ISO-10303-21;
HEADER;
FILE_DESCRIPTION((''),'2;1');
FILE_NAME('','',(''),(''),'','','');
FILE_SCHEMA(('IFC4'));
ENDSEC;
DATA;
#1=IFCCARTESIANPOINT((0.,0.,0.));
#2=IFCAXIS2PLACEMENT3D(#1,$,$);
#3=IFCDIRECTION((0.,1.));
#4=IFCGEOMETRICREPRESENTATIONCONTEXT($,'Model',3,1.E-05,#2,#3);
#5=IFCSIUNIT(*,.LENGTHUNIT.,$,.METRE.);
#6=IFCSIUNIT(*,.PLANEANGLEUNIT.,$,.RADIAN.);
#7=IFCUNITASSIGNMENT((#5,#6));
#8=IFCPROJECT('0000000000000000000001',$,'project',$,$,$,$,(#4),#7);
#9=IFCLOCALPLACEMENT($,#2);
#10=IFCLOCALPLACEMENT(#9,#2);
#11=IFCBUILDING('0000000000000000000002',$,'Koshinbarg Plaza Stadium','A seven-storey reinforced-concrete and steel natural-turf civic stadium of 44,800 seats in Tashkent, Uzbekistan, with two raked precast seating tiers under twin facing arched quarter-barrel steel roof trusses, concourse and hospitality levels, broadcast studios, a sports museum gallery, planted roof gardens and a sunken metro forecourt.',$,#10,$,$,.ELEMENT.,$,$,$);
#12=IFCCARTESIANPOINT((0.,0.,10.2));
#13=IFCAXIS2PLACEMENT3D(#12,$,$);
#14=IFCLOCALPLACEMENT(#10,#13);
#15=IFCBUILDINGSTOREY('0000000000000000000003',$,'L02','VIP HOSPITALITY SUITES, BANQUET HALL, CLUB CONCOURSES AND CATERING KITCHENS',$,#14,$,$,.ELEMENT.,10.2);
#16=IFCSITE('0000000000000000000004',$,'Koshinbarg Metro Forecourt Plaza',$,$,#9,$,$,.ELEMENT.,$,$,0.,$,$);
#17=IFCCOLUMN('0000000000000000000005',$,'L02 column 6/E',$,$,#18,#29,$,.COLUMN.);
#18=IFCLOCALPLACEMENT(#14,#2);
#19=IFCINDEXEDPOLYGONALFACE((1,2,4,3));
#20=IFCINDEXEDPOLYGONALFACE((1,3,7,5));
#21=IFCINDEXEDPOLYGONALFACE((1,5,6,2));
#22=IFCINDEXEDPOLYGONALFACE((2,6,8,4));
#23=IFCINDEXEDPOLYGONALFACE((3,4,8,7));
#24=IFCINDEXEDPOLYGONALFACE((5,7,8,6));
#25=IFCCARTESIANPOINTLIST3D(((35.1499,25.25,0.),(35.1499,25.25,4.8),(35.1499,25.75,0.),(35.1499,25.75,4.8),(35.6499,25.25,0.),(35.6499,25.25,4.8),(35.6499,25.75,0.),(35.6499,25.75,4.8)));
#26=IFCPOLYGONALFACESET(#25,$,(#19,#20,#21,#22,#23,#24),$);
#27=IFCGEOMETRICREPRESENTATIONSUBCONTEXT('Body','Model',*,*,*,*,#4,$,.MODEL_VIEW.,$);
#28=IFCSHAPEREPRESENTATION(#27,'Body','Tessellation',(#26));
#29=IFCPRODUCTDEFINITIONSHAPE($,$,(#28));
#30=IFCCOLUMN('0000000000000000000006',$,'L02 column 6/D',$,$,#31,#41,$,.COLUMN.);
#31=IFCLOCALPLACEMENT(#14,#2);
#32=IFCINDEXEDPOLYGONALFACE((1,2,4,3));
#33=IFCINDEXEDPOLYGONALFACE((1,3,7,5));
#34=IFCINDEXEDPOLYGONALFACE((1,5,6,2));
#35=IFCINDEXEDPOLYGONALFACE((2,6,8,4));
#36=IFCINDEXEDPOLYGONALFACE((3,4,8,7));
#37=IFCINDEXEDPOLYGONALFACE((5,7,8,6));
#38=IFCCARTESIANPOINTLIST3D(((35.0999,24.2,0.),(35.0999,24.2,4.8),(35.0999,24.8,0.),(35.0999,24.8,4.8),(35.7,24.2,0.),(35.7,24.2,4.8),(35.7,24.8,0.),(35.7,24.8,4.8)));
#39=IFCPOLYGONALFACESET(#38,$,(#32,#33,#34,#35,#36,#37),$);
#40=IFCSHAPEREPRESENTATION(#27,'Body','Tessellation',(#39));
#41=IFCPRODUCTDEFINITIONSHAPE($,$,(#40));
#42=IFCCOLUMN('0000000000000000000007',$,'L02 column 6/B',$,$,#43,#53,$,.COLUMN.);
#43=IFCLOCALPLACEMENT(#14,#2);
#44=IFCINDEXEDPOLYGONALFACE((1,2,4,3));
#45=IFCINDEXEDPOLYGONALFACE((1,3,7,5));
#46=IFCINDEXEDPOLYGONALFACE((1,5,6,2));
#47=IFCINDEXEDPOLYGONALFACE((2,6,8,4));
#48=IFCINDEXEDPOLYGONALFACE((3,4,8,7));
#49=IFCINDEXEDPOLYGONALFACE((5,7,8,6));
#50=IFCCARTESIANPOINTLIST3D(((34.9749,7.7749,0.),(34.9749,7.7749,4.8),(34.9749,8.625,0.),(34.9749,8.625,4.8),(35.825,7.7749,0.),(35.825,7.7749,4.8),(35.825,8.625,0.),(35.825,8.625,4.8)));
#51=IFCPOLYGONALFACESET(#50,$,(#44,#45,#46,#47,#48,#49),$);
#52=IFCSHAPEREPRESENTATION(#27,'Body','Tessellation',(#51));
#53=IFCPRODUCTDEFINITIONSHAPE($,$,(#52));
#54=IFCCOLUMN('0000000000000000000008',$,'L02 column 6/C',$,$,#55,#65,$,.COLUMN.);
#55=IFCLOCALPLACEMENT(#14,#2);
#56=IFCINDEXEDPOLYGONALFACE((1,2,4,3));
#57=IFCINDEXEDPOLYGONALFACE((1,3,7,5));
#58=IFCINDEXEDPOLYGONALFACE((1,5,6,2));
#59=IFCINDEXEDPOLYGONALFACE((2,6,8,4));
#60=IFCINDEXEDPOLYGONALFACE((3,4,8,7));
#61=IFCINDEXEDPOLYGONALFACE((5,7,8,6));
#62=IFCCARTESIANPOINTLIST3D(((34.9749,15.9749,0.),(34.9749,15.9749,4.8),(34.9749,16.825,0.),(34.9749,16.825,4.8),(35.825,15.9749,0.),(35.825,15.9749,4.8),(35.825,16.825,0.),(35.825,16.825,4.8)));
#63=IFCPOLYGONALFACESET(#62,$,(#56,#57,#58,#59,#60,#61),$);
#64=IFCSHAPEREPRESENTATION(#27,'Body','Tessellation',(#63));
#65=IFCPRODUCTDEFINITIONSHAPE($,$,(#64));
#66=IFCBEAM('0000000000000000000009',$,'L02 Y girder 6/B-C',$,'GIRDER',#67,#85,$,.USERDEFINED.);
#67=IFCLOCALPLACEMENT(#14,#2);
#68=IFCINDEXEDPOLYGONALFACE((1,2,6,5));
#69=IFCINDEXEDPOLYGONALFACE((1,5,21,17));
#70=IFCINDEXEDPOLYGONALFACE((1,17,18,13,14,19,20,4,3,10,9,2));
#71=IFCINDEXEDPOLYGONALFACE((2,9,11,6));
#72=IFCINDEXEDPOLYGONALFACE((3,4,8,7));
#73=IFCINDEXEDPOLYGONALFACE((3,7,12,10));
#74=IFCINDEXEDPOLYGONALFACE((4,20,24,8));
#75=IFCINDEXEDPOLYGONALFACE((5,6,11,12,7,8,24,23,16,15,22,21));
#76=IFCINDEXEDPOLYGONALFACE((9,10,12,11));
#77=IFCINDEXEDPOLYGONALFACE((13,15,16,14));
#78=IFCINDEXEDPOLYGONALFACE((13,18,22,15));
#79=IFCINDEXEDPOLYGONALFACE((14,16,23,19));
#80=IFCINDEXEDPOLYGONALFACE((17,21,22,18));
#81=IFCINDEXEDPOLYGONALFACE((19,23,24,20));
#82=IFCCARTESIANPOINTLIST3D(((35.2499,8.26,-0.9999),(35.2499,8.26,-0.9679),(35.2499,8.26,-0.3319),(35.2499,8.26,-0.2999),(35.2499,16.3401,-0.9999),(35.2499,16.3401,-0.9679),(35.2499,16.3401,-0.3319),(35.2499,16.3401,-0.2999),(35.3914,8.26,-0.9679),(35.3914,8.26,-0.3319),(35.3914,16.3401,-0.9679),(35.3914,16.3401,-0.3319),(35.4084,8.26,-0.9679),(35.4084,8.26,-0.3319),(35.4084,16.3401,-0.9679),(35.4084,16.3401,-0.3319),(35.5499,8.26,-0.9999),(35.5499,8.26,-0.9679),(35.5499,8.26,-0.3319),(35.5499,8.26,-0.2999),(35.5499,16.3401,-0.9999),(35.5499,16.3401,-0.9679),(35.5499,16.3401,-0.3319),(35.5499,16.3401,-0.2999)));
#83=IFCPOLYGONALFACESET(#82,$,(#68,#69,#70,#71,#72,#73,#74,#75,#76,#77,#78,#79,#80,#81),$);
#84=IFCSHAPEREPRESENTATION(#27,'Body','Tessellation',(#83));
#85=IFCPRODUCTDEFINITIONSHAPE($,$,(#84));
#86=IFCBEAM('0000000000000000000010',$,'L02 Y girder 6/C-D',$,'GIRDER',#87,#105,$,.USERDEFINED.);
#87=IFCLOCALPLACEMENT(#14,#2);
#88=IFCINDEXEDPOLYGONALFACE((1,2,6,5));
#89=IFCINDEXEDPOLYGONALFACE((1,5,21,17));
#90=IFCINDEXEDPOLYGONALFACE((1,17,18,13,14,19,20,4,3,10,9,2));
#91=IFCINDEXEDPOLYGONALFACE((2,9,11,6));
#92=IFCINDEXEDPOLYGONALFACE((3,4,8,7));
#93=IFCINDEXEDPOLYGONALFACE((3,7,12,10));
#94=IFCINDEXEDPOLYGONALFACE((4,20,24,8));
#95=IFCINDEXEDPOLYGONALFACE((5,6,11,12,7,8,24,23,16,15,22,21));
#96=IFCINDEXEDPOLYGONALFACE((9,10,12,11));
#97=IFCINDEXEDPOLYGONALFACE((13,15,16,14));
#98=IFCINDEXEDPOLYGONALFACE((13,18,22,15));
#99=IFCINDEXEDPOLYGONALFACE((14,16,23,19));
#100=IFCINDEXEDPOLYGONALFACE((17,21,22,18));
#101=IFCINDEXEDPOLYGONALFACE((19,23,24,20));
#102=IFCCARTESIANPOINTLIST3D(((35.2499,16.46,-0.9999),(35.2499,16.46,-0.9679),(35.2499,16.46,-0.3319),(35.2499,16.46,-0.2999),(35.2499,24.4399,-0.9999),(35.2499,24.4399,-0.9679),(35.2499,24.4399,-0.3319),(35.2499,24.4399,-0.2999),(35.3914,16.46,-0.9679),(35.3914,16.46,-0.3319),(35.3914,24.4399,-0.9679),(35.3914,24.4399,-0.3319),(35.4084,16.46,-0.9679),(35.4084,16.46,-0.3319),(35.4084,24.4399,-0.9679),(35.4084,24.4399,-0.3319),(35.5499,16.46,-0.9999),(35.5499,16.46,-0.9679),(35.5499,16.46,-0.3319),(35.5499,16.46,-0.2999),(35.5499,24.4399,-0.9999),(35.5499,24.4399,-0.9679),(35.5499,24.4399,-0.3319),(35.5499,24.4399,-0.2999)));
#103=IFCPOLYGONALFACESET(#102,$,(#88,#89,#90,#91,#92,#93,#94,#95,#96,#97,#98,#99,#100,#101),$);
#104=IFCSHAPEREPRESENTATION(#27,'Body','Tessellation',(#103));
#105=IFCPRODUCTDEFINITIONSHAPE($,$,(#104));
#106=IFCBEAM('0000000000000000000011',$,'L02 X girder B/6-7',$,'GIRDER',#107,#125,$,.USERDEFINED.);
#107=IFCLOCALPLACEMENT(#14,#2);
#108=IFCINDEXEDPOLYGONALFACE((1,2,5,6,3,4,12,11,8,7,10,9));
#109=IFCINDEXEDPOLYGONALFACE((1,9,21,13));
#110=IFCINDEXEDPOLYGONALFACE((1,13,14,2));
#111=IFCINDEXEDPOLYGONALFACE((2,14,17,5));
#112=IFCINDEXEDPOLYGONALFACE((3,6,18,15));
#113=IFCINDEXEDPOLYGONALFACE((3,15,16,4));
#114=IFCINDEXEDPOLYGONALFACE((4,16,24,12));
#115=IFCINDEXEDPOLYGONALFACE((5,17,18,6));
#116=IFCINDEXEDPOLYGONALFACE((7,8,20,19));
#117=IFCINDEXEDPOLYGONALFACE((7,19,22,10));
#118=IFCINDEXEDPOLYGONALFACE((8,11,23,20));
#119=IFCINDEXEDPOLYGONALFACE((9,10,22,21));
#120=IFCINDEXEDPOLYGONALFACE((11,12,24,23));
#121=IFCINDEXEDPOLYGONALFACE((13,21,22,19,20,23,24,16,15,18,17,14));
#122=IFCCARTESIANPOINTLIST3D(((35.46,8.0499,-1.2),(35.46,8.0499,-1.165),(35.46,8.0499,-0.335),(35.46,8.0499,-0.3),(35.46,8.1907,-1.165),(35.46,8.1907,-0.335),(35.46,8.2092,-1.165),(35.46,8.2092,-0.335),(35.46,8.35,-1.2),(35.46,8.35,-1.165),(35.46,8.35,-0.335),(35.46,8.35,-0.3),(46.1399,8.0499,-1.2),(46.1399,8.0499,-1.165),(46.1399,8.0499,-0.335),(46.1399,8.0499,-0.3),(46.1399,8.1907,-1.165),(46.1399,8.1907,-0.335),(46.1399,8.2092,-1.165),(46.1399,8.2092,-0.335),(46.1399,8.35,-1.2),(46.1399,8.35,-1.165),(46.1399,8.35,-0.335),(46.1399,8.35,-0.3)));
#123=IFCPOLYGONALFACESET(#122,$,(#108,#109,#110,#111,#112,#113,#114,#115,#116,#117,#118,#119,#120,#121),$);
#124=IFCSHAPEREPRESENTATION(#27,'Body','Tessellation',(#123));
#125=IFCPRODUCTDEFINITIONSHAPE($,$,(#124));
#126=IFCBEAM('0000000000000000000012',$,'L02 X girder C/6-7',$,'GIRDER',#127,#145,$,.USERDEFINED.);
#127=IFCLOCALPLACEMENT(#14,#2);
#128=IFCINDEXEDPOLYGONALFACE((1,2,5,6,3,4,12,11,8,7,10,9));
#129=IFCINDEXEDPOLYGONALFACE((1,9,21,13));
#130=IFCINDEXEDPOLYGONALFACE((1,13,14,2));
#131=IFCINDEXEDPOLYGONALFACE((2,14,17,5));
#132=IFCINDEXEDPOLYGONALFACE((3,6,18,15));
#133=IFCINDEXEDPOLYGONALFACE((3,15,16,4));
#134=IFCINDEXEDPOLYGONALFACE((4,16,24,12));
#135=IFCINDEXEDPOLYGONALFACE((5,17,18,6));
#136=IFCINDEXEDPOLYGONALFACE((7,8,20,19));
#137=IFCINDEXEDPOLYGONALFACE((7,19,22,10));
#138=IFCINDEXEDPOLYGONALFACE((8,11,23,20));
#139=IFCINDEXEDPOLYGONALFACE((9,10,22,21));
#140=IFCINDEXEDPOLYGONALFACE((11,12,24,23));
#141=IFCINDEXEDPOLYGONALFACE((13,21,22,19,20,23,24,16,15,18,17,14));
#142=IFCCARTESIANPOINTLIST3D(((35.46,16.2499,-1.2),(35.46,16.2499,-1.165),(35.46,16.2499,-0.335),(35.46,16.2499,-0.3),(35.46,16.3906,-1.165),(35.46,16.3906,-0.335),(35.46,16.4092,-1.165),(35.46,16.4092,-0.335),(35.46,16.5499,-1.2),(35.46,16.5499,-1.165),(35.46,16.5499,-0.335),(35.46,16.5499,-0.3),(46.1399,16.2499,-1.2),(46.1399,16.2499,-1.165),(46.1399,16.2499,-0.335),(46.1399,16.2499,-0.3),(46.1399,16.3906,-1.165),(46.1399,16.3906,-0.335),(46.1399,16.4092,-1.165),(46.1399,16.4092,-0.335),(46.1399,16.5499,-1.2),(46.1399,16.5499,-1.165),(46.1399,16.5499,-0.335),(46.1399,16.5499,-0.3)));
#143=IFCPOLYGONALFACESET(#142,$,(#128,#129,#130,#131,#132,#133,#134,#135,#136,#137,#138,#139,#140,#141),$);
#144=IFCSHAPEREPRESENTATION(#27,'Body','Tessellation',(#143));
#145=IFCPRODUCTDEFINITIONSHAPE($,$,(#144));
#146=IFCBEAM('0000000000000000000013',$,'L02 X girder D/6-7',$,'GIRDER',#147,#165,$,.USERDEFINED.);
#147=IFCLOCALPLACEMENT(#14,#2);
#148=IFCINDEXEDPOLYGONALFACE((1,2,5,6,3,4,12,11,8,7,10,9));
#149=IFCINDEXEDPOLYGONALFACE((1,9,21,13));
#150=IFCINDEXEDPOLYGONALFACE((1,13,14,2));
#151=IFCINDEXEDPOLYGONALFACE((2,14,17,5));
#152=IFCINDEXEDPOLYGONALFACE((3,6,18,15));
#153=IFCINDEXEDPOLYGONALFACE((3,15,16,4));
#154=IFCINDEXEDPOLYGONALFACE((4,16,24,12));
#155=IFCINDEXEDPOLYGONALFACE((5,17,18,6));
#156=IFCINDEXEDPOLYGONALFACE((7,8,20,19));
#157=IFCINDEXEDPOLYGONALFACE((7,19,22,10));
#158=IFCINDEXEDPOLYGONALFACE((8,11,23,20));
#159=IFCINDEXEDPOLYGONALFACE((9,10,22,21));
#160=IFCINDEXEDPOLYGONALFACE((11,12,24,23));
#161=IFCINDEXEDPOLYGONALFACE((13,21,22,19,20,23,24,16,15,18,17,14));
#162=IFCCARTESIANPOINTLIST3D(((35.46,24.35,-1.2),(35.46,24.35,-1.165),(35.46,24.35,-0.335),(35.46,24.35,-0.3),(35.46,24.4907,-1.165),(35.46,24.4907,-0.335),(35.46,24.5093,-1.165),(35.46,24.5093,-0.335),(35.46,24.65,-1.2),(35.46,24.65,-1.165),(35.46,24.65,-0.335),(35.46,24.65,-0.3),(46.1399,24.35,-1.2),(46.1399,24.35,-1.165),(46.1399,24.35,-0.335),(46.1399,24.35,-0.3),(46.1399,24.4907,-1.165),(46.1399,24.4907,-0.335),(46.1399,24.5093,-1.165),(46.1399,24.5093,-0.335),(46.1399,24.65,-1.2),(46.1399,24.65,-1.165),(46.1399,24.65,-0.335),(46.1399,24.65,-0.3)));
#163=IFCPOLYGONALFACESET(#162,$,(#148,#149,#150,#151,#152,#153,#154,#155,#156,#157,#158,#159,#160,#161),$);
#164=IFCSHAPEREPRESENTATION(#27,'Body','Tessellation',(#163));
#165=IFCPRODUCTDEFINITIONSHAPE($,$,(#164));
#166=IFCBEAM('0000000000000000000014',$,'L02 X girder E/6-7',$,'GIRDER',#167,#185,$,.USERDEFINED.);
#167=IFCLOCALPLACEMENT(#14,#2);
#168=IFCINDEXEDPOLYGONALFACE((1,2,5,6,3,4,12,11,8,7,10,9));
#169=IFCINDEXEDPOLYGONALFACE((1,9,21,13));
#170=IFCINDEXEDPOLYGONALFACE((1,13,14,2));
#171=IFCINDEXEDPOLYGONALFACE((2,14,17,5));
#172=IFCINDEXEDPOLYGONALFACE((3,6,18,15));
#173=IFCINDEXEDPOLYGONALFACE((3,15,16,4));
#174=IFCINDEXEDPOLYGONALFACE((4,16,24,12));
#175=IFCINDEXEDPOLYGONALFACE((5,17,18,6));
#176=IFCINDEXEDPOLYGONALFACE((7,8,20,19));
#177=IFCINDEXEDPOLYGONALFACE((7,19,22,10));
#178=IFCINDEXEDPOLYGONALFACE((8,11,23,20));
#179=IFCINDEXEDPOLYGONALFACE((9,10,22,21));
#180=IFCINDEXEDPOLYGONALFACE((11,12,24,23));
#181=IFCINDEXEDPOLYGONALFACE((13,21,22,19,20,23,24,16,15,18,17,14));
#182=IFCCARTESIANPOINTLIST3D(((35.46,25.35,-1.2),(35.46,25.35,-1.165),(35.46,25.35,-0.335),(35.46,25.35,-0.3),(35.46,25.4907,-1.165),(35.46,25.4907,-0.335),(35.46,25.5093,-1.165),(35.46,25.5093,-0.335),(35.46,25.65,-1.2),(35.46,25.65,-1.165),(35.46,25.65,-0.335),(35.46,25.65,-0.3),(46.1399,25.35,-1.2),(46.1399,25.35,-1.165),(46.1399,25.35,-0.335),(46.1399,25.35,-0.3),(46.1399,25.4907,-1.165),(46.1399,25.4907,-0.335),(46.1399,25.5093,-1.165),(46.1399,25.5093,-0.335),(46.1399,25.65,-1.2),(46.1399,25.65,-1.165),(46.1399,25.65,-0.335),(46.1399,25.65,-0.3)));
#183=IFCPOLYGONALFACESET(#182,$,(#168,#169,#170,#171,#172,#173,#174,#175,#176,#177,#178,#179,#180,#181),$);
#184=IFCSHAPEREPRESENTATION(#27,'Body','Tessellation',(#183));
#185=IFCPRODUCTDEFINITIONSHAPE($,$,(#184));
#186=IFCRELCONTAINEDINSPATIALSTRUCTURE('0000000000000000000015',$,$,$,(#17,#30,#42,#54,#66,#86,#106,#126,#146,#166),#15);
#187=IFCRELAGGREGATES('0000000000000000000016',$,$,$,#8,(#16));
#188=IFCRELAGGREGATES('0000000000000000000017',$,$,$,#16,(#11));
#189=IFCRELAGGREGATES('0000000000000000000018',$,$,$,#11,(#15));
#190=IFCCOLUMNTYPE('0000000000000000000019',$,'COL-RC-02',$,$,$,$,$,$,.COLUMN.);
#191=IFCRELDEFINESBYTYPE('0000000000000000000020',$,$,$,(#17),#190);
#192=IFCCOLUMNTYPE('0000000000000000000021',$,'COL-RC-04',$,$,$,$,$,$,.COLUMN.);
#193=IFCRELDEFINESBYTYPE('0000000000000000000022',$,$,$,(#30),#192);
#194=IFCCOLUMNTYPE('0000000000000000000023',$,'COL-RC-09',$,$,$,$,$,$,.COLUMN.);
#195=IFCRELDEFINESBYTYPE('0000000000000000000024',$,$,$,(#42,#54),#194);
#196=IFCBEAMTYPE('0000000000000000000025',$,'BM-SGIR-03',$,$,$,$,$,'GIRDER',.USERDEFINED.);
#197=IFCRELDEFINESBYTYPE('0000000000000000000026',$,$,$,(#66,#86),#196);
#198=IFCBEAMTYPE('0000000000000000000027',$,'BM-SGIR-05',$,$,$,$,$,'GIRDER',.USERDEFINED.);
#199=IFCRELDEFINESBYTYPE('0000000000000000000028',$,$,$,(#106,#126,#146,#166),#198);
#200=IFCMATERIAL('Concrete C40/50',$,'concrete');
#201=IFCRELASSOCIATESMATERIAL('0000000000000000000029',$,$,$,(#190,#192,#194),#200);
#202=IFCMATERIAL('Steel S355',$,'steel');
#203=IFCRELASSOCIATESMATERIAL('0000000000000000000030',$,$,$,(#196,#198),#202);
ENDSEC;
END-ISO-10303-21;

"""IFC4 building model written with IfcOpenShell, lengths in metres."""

from ifc_helpers import new_model, si_unit, direction, frame, origin, origin_2d, place, context, subcontext, project, spatial, rectangle, i_section, extrude, material, material_profile, profile_set, type_object, element, save


model = new_model("IFC4")

# Units and contexts
model_context = context("Model", 3, precision=1e-05, world=origin(), true_north=direction((0.0, 1.0)))
body_context = subcontext(model_context, "Body", "Model", "MODEL_VIEW")
ifc_project = project(units=[si_unit("LENGTHUNIT", "METRE"), si_unit("PLANEANGLEUNIT", "RADIAN")], contexts=[model_context])

# Site, building, storey
site_placement = place(None, origin())
site = spatial("IfcSite", under=ifc_project, at=site_placement, Name="Koshinbarg Metro Forecourt Plaza", CompositionType="ELEMENT", RefElevation=0.0)
building_placement = place(site_placement, origin())
building = spatial("IfcBuilding", under=site, at=building_placement, Name="Koshinbarg Plaza Stadium", Description="A seven-storey reinforced-concrete and steel natural-turf civic stadium of 44,800 seats in Tashkent, Uzbekistan, with two raked precast seating tiers under twin facing arched quarter-barrel steel roof trusses, concourse and hospitality levels, broadcast studios, a sports museum gallery, planted roof gardens and a sunken metro forecourt.", CompositionType="ELEMENT")
storey_placement = place(building_placement, frame((0.0, 0.0, 10.2)))
storey = spatial("IfcBuildingStorey", under=building, at=storey_placement, Name="L02", Description="VIP HOSPITALITY SUITES, BANQUET HALL, CLUB CONCOURSES AND CATERING KITCHENS", CompositionType="ELEMENT", Elevation=10.2)

# Columns
ifc_material_1 = material(Name="Concrete C40/50", Category="concrete")
ifc_material_profile_1 = material_profile(ifc_material_1, rectangle(XDim=0.5, YDim=0.5, at=origin_2d()), Name="RC 500x500")
ifc_profile_set_1 = profile_set([ifc_material_profile_1], Name="Concrete C40/50")
column_type_1 = type_object("IfcColumnType", Name="COL-RC-02", PredefinedType="COLUMN", material=ifc_profile_set_1)
column_1_placement = place(storey_placement, frame((35.3999, 25.5, 0.0), z_axis=(0.0, 0.0, 1.0), x_axis=(1.0, 0.0, 0.0)))
element("IfcColumn", 1, at=column_1_placement, inside=storey, type_object=column_type_1, Name="L02 column 6/E", PredefinedType="COLUMN", context=body_context, shape_type="SweptSolid", body=[
    extrude(rectangle(XDim=0.5, YDim=0.5, at=origin_2d()), origin(), (0.0, 0.0, 1.0), 4.8),
])
ifc_material_profile_2 = material_profile(ifc_material_1, rectangle(XDim=0.6001, YDim=0.6001, at=origin_2d()), Name="RC 600x600")
ifc_profile_set_2 = profile_set([ifc_material_profile_2], Name="Concrete C40/50")
column_type_2 = type_object("IfcColumnType", Name="COL-RC-04", PredefinedType="COLUMN", material=ifc_profile_set_2)
column_2_placement = place(storey_placement, frame((35.3999, 24.5, 0.0), z_axis=(0.0, 0.0, 1.0), x_axis=(1.0, 0.0, 0.0)))
element("IfcColumn", 2, at=column_2_placement, inside=storey, type_object=column_type_2, Name="L02 column 6/D", PredefinedType="COLUMN", context=body_context, shape_type="SweptSolid", body=[
    extrude(rectangle(XDim=0.6001, YDim=0.6001, at=origin_2d()), origin(), (0.0, 0.0, 1.0), 4.8),
])
ifc_material_profile_3 = material_profile(ifc_material_1, rectangle(XDim=0.8501, YDim=0.8501, at=origin_2d()), Name="RC 850x850")
ifc_profile_set_3 = profile_set([ifc_material_profile_3], Name="Concrete C40/50")
column_type_3 = type_object("IfcColumnType", Name="COL-RC-09", PredefinedType="COLUMN", material=ifc_profile_set_3)
for number, where, z_axis, x_axis, name in (
    (3, (35.3999, 8.2, 0.0), (0.0, 0.0, 1.0), (1.0, 0.0, 0.0), "L02 column 6/B"),
    (4, (35.3999, 16.3999, 0.0), (0.0, 0.0, 1.0), (1.0, 0.0, 0.0), "L02 column 6/C"),
):
    element("IfcColumn", number, at=place(storey_placement, frame(where, z_axis=z_axis, x_axis=x_axis)), inside=storey, type_object=column_type_3, Name=name, PredefinedType="COLUMN", context=body_context, shape_type="SweptSolid", body=[
        extrude(rectangle(XDim=0.8501, YDim=0.8501, at=origin_2d()), origin(), (0.0, 0.0, 1.0), 4.8),
    ])

# Beams
ifc_material_2 = material(Name="Steel S355", Category="steel")
ifc_material_profile_4 = material_profile(ifc_material_2, i_section(OverallWidth=0.3, OverallDepth=0.7, WebThickness=0.0171, FlangeThickness=0.032, at=origin_2d()), Name="HEB 700")
ifc_profile_set_4 = profile_set([ifc_material_profile_4], Name="Steel S355")
beam_type_1 = type_object("IfcBeamType", Name="BM-SGIR-03", ElementType="GIRDER", PredefinedType="USERDEFINED", material=ifc_profile_set_4)
beam_1_placement = place(storey_placement, frame((35.3999, 8.26, -0.6499), z_axis=(0.0, 1.0, 0.0), x_axis=(-1.0, 0.0, 0.0)))
element("IfcBeam", 5, at=beam_1_placement, inside=storey, type_object=beam_type_1, Name="L02 Y girder 6/B-C", ObjectType="GIRDER", PredefinedType="USERDEFINED", context=body_context, shape_type="SweptSolid", body=[
    extrude(i_section(OverallWidth=0.3, OverallDepth=0.7, WebThickness=0.0171, FlangeThickness=0.032, at=origin_2d()), origin(), (0.0, 0.0, 1.0), 8.0801),
])
beam_2_placement = place(storey_placement, frame((35.3999, 16.46, -0.6499), z_axis=(0.0, 1.0, 0.0), x_axis=(-1.0, 0.0, 0.0)))
element("IfcBeam", 6, at=beam_2_placement, inside=storey, type_object=beam_type_1, Name="L02 Y girder 6/C-D", ObjectType="GIRDER", PredefinedType="USERDEFINED", context=body_context, shape_type="SweptSolid", body=[
    extrude(i_section(OverallWidth=0.3, OverallDepth=0.7, WebThickness=0.0171, FlangeThickness=0.032, at=origin_2d()), origin(), (0.0, 0.0, 1.0), 7.98),
])
ifc_material_profile_5 = material_profile(ifc_material_2, i_section(OverallWidth=0.3, OverallDepth=0.8999, WebThickness=0.0186, FlangeThickness=0.0349, at=origin_2d()), Name="HEB 900")
ifc_profile_set_5 = profile_set([ifc_material_profile_5], Name="Steel S355")
beam_type_2 = type_object("IfcBeamType", Name="BM-SGIR-05", ElementType="GIRDER", PredefinedType="USERDEFINED", material=ifc_profile_set_5)
for number, where, z_axis, x_axis, name in (
    (7, (35.46, 8.2, -0.75), (1.0, 0.0, 0.0), (0.0, 1.0, 0.0), "L02 X girder B/6-7"),
    (8, (35.46, 16.3999, -0.75), (1.0, 0.0, 0.0), (0.0, 1.0, 0.0), "L02 X girder C/6-7"),
    (9, (35.46, 24.5, -0.75), (1.0, 0.0, 0.0), (0.0, 1.0, 0.0), "L02 X girder D/6-7"),
    (10, (35.46, 25.5, -0.75), (1.0, 0.0, 0.0), (0.0, 1.0, 0.0), "L02 X girder E/6-7"),
):
    element("IfcBeam", number, at=place(storey_placement, frame(where, z_axis=z_axis, x_axis=x_axis)), inside=storey, type_object=beam_type_2, Name=name, ObjectType="GIRDER", PredefinedType="USERDEFINED", context=body_context, shape_type="SweptSolid", body=[
        extrude(i_section(OverallWidth=0.3, OverallDepth=0.8999, WebThickness=0.0186, FlangeThickness=0.0349, at=origin_2d()), origin(), (0.0, 0.0, 1.0), 10.6799),
    ])

save(model, "model.ifc")
